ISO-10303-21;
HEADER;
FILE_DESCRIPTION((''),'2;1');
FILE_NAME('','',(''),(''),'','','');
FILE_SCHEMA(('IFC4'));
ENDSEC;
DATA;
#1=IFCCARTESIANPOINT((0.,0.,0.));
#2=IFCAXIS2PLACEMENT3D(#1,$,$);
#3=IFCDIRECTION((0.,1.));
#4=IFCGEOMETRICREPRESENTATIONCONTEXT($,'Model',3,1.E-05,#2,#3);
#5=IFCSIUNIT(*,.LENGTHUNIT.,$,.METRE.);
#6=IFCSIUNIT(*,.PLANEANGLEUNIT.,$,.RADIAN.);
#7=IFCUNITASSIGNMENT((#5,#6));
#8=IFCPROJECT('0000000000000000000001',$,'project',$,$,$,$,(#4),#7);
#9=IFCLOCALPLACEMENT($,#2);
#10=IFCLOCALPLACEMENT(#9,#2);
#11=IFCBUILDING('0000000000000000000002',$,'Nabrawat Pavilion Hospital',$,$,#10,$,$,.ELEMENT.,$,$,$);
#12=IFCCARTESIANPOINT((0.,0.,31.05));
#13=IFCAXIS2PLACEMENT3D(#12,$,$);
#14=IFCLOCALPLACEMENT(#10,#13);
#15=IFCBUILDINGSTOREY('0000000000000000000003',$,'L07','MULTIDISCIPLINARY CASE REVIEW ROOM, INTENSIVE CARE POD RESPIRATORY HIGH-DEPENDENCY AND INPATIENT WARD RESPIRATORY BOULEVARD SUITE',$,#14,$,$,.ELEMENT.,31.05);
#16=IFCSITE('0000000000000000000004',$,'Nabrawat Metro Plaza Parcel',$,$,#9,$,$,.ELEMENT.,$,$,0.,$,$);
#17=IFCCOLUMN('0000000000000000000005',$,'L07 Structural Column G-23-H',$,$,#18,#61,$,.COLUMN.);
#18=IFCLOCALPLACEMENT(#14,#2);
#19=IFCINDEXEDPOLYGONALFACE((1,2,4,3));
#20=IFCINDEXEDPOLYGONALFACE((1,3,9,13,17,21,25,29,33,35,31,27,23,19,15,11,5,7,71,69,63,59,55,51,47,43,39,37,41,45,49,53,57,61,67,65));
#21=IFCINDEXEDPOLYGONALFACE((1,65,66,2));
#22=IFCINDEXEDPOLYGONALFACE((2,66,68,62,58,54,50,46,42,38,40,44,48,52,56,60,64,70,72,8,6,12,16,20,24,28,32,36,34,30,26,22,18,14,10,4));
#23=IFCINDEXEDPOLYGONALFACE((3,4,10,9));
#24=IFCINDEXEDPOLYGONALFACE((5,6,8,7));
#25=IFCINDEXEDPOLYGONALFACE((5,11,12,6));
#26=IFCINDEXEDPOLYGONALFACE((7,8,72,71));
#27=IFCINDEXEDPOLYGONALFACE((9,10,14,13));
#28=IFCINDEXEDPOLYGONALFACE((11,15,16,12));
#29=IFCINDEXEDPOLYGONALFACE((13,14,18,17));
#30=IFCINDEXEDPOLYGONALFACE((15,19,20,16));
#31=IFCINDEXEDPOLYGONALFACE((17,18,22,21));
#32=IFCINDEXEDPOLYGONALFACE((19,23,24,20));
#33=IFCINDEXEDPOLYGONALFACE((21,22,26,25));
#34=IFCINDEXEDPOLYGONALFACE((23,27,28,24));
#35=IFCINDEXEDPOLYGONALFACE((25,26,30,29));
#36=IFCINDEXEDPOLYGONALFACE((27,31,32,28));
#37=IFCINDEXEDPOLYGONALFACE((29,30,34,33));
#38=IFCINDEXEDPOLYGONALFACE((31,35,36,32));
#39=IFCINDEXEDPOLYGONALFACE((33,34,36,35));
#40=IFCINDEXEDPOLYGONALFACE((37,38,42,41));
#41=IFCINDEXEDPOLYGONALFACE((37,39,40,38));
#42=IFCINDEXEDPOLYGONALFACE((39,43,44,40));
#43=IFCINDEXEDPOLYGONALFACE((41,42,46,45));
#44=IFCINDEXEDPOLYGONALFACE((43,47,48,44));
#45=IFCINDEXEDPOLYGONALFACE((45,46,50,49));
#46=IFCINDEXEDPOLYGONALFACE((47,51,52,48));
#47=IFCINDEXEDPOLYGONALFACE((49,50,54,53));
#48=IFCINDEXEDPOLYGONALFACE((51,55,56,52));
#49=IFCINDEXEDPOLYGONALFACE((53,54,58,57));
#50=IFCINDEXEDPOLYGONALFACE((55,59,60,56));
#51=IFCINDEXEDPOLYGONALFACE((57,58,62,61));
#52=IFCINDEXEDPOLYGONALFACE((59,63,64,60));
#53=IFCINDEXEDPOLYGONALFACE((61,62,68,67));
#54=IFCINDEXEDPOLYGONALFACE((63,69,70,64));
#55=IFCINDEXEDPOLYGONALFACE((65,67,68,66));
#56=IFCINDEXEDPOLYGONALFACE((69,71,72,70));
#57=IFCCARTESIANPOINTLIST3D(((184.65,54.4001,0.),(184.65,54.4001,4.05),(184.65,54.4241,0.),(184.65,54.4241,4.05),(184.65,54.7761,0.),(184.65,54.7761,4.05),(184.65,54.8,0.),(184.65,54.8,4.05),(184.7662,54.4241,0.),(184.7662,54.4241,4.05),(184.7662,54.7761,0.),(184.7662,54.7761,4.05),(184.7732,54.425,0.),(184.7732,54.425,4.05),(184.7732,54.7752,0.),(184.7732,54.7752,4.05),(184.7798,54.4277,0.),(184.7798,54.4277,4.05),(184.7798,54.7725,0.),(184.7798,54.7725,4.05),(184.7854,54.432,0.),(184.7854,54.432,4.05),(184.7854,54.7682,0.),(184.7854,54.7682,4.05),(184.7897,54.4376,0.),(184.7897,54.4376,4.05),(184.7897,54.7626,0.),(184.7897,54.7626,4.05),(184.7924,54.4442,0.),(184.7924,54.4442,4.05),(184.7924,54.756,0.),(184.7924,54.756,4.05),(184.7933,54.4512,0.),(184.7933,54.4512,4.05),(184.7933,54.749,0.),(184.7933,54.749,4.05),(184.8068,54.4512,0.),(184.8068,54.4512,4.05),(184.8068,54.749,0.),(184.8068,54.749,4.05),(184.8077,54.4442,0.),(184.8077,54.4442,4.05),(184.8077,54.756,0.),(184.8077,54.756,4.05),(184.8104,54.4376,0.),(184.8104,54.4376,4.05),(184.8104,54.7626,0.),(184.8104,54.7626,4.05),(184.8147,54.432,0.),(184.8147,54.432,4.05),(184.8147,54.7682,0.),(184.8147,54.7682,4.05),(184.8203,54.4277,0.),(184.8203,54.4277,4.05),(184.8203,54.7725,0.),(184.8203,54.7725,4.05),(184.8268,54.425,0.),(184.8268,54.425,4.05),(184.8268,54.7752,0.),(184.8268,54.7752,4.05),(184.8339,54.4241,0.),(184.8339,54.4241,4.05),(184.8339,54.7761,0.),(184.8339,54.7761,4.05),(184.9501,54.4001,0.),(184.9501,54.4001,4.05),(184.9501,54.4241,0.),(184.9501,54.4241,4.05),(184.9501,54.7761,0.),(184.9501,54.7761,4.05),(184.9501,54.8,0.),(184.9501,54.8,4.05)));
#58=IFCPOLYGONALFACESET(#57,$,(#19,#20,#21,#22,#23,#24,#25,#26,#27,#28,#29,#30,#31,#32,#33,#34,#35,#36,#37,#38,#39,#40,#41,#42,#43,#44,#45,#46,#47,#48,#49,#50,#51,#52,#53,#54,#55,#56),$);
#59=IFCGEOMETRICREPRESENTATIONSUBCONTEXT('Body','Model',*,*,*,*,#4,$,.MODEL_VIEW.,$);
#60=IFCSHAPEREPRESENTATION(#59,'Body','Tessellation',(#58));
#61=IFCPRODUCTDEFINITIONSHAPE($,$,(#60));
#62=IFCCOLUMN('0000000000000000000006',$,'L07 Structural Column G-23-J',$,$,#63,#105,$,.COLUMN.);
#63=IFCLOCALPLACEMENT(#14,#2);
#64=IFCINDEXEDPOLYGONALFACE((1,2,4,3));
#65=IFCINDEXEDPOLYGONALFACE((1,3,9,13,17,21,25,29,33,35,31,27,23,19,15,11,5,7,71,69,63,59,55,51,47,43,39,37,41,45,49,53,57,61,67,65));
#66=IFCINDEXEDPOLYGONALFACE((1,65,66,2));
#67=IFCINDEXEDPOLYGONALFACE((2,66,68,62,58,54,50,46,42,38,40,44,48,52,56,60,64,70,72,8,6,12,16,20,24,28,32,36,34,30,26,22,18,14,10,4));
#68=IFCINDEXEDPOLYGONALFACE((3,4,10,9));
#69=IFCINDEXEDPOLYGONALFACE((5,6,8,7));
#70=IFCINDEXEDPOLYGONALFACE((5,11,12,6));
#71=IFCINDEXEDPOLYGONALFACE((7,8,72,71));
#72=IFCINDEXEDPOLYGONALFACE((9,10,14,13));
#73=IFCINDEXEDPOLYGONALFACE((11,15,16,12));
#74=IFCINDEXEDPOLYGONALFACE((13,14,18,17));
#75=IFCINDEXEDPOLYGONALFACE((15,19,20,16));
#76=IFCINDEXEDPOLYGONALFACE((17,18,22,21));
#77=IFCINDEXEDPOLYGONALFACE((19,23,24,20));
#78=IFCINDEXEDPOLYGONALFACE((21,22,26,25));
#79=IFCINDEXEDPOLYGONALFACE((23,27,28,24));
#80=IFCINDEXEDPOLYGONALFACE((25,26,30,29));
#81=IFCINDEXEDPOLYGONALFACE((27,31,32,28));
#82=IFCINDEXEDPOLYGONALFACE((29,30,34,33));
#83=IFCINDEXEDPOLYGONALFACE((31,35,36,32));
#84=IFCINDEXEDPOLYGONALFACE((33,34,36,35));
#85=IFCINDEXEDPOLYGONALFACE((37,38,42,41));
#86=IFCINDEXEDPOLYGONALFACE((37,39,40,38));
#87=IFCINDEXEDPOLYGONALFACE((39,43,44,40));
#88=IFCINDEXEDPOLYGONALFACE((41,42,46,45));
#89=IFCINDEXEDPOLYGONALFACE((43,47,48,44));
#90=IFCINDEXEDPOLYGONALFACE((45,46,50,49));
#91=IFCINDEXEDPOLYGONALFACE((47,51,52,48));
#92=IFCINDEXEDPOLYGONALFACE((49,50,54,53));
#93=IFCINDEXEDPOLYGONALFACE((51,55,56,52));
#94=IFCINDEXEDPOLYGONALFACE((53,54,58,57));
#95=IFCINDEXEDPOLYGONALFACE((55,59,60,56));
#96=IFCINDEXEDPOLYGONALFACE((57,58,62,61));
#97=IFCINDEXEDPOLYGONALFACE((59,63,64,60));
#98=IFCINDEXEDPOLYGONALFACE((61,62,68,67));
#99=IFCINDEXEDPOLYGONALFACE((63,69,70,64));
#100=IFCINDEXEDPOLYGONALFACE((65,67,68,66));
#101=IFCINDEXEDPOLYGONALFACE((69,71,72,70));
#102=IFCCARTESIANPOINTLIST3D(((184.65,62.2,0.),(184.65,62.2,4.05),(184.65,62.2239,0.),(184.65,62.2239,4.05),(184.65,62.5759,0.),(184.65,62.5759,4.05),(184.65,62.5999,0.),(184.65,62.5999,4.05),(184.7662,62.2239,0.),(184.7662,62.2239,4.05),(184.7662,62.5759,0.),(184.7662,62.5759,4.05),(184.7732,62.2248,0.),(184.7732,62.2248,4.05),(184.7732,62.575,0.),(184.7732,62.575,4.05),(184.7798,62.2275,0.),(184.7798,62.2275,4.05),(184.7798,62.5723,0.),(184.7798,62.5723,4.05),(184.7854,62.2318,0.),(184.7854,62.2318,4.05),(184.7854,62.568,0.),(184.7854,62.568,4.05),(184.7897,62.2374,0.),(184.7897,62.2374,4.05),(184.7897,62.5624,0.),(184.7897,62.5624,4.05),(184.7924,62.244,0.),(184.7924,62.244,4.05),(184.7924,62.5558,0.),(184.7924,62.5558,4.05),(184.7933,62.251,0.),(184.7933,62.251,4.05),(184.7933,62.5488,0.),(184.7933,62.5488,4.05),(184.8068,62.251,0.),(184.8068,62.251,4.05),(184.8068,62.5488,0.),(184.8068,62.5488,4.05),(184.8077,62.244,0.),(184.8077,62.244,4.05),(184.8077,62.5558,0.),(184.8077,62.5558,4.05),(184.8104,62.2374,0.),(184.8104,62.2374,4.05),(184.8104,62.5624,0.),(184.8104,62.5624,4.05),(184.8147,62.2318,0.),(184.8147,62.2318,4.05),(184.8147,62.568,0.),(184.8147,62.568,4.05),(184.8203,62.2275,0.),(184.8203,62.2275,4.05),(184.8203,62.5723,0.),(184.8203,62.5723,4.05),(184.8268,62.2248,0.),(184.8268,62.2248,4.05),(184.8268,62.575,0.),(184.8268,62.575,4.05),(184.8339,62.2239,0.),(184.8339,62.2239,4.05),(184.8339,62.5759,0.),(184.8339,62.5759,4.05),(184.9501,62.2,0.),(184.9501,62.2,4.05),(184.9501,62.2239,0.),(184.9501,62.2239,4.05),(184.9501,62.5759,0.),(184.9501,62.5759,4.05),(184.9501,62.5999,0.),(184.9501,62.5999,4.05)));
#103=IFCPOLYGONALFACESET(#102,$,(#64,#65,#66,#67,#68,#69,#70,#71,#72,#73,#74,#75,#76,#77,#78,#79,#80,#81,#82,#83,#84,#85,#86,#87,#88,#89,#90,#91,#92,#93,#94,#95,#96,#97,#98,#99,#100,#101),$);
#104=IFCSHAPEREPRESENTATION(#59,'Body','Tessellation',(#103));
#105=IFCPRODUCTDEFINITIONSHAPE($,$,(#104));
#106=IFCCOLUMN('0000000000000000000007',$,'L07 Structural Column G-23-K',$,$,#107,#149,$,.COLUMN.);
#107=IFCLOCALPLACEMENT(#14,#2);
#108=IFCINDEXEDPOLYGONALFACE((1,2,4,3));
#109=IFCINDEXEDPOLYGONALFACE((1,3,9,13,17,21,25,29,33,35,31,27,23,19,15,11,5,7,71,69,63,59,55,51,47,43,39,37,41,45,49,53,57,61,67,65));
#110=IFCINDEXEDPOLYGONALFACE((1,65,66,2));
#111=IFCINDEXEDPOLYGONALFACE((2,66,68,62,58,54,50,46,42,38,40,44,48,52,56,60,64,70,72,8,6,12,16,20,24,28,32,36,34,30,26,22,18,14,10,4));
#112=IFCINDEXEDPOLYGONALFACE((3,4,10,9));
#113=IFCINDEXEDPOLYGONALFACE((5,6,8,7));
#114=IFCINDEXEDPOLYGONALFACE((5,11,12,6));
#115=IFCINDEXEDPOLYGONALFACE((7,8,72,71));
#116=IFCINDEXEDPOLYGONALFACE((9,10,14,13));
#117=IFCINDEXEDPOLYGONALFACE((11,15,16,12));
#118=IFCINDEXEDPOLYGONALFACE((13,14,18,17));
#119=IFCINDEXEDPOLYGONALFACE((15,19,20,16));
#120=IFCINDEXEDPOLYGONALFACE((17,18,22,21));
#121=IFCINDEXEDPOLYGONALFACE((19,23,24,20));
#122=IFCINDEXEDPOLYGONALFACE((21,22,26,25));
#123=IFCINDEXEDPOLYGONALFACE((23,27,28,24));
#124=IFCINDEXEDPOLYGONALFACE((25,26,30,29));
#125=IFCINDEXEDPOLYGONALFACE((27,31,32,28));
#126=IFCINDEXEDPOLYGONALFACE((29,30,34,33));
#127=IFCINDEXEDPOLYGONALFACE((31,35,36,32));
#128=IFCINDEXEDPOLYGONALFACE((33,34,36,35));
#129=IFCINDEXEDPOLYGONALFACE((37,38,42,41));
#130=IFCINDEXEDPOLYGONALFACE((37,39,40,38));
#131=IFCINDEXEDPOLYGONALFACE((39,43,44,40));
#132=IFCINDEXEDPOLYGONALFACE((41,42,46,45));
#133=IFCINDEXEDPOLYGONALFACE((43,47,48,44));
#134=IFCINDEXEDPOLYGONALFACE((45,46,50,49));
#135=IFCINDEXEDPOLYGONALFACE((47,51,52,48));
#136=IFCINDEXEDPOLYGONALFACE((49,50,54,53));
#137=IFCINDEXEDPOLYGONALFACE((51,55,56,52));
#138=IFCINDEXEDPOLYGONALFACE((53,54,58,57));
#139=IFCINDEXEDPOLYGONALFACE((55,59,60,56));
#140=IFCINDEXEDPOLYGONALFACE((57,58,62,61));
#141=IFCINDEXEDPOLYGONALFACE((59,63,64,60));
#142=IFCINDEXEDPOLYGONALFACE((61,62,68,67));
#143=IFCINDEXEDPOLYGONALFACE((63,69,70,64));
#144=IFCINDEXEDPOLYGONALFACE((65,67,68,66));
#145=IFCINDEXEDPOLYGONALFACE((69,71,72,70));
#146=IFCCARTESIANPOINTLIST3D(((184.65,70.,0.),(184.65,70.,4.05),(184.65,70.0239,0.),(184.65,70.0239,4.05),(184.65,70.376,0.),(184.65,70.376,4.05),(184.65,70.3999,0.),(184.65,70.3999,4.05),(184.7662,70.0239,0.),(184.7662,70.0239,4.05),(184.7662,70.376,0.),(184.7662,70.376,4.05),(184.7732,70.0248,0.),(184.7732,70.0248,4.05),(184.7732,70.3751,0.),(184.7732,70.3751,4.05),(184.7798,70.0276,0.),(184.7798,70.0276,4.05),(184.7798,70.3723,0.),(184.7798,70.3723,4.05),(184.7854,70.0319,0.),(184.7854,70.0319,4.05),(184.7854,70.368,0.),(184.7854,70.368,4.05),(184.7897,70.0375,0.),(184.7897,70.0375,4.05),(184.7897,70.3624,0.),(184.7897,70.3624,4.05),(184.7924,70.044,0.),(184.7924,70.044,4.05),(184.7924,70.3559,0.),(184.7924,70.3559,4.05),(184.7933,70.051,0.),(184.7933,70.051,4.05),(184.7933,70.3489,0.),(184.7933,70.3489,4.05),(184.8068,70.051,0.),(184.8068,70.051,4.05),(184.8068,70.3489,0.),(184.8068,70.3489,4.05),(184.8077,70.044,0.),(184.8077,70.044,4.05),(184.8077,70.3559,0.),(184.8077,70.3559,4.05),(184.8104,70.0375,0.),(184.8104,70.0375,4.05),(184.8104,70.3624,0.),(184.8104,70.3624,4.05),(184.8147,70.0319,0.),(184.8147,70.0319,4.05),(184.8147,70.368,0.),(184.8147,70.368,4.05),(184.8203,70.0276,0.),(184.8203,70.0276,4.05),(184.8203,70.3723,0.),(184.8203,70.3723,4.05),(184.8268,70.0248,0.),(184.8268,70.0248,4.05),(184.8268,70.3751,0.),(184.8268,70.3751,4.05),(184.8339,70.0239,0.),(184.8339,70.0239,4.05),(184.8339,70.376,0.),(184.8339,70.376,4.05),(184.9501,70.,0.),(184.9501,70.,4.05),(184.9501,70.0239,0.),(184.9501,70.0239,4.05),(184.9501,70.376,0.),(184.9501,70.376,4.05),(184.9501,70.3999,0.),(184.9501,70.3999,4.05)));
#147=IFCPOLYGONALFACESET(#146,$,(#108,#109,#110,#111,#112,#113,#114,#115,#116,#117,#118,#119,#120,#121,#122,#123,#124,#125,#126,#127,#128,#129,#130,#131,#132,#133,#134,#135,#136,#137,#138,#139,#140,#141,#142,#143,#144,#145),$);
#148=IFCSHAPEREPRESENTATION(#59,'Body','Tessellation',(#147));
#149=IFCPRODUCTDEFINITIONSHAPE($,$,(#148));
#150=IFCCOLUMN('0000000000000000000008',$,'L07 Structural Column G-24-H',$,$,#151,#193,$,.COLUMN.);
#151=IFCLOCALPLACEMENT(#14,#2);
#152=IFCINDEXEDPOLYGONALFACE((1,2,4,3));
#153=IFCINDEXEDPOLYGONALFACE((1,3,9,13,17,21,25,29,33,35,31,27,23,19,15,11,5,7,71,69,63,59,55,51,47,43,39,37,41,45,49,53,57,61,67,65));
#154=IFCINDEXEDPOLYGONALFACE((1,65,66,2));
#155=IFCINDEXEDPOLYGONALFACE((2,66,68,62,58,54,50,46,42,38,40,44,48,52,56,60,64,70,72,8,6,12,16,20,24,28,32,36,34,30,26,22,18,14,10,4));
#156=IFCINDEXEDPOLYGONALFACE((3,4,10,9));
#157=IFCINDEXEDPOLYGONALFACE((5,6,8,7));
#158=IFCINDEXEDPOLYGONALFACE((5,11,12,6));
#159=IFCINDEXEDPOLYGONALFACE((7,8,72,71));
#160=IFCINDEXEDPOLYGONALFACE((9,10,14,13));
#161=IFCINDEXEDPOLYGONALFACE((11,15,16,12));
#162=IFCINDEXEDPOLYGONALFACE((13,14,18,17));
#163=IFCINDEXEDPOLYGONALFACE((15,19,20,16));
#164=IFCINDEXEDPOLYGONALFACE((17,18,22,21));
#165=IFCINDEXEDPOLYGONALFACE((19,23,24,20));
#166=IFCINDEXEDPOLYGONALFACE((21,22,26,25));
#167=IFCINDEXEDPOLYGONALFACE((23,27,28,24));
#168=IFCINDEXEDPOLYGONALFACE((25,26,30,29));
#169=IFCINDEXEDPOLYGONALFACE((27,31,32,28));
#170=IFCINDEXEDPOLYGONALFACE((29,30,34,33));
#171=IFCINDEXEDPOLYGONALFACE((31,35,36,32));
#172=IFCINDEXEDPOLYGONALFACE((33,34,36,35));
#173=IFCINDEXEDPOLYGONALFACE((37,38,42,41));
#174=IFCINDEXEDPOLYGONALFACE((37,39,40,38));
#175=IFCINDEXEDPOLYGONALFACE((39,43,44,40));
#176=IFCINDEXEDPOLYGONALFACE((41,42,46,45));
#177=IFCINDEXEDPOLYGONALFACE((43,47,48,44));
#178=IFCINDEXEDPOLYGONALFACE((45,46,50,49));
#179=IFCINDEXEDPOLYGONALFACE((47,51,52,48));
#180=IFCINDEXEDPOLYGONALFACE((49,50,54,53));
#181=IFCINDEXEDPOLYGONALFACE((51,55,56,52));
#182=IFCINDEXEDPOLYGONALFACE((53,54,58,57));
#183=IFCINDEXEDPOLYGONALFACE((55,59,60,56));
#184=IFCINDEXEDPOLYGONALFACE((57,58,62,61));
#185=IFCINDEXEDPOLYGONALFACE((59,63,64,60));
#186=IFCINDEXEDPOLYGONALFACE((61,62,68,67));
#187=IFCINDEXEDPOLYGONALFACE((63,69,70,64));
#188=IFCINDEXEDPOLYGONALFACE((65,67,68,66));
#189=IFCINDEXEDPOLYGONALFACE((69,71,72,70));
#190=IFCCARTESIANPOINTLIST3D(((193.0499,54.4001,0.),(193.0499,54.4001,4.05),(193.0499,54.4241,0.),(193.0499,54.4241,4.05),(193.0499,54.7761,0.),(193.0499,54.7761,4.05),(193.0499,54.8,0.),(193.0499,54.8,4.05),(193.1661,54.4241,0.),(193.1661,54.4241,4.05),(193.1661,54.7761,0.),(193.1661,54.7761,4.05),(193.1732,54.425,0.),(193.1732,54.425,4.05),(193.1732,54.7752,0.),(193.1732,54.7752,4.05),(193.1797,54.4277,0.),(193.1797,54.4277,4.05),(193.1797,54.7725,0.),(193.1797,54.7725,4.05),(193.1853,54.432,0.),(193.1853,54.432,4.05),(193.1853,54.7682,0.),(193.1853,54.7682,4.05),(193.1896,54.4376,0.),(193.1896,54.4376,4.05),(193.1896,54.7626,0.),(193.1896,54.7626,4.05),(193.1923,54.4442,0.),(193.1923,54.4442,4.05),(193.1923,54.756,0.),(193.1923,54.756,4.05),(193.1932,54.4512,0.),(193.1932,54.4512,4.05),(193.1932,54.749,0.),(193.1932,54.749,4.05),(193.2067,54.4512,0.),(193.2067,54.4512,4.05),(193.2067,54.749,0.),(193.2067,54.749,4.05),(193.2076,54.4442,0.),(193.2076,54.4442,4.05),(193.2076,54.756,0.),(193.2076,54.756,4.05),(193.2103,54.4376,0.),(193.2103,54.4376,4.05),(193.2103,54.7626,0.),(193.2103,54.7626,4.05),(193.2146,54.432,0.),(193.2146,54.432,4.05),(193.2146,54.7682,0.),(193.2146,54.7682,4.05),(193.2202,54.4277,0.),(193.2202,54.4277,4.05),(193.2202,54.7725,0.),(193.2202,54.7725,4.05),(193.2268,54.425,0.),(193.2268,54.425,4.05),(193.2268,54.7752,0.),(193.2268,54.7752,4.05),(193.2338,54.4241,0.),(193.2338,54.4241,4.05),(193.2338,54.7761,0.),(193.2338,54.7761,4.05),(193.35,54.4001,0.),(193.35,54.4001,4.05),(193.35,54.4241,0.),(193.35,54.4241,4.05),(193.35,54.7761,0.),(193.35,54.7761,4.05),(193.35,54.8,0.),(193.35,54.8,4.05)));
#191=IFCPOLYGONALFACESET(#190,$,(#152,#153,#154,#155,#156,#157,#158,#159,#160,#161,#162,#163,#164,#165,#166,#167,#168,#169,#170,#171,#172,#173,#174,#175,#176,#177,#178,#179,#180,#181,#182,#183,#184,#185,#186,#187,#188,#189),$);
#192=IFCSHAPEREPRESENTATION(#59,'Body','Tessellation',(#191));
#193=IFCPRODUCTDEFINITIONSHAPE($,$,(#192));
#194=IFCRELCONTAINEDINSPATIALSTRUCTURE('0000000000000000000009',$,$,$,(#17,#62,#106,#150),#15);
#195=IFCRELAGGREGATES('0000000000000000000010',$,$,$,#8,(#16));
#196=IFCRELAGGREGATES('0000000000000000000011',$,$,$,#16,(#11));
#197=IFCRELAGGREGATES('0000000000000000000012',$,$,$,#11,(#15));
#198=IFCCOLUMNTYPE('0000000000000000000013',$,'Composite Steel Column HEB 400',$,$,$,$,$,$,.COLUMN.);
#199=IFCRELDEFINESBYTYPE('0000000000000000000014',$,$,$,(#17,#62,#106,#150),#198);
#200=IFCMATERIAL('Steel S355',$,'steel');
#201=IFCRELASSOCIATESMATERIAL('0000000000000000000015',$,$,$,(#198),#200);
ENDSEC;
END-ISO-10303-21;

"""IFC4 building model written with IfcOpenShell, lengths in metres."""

from ifc_helpers import new_model, si_unit, direction, frame, origin, origin_2d, place, context, subcontext, project, spatial, i_section, extrude, material, material_profile, profile_set, type_object, element, save


model = new_model("IFC4")

# Units and contexts
model_context = context("Model", 3, precision=1e-05, world=origin(), true_north=direction((0.0, 1.0)))
body_context = subcontext(model_context, "Body", "Model", "MODEL_VIEW")
ifc_project = project(units=[si_unit("LENGTHUNIT", "METRE"), si_unit("PLANEANGLEUNIT", "RADIAN")], contexts=[model_context])

# Site, building, storey
site_placement = place(None, origin())
site = spatial("IfcSite", under=ifc_project, at=site_placement, Name="Nabrawat Metro Plaza Parcel", CompositionType="ELEMENT", RefElevation=0.0)
building_placement = place(site_placement, origin())
building = spatial("IfcBuilding", under=site, at=building_placement, Name="Nabrawat Pavilion Hospital", CompositionType="ELEMENT")
storey_placement = place(building_placement, frame((0.0, 0.0, 31.05)))
storey = spatial("IfcBuildingStorey", under=building, at=storey_placement, Name="L07", Description="MULTIDISCIPLINARY CASE REVIEW ROOM, INTENSIVE CARE POD RESPIRATORY HIGH-DEPENDENCY AND INPATIENT WARD RESPIRATORY BOULEVARD SUITE", CompositionType="ELEMENT", Elevation=31.05)

# Columns
ifc_material_1 = material(Name="Steel S355", Category="steel")
ifc_material_profile_1 = material_profile(ifc_material_1, i_section(OverallWidth=0.3, OverallDepth=0.3999, WebThickness=0.0134, FlangeThickness=0.0239, FilletRadius=0.0271, at=origin_2d()), Name="HEB 400")
ifc_profile_set_1 = profile_set([ifc_material_profile_1], Name="Steel S355")
column_type = type_object("IfcColumnType", Name="Composite Steel Column HEB 400", PredefinedType="COLUMN", material=ifc_profile_set_1)
for number, where, z_axis, x_axis, name in (
    (1, (184.8, 54.6001, 0.0), (0.0, 0.0, 1.0), (1.0, 0.0, 0.0), "L07 Structural Column G-23-H"),
    (2, (184.8, 62.3999, 0.0), (0.0, 0.0, 1.0), (1.0, 0.0, 0.0), "L07 Structural Column G-23-J"),
    (3, (184.8, 70.2, 0.0), (0.0, 0.0, 1.0), (1.0, 0.0, 0.0), "L07 Structural Column G-23-K"),
    (4, (193.2, 54.6001, 0.0), (0.0, 0.0, 1.0), (1.0, 0.0, 0.0), "L07 Structural Column G-24-H"),
):
    element("IfcColumn", number, at=place(storey_placement, frame(where, z_axis=z_axis, x_axis=x_axis)), inside=storey, type_object=column_type, Name=name, PredefinedType="COLUMN", context=body_context, shape_type="SweptSolid", body=[
        extrude(i_section(OverallWidth=0.3, OverallDepth=0.3999, WebThickness=0.0134, FlangeThickness=0.0239, FilletRadius=0.0271, at=origin_2d()), origin(), (0.0, 0.0, 1.0), 4.05),
    ])

save(model, "model.ifc")
